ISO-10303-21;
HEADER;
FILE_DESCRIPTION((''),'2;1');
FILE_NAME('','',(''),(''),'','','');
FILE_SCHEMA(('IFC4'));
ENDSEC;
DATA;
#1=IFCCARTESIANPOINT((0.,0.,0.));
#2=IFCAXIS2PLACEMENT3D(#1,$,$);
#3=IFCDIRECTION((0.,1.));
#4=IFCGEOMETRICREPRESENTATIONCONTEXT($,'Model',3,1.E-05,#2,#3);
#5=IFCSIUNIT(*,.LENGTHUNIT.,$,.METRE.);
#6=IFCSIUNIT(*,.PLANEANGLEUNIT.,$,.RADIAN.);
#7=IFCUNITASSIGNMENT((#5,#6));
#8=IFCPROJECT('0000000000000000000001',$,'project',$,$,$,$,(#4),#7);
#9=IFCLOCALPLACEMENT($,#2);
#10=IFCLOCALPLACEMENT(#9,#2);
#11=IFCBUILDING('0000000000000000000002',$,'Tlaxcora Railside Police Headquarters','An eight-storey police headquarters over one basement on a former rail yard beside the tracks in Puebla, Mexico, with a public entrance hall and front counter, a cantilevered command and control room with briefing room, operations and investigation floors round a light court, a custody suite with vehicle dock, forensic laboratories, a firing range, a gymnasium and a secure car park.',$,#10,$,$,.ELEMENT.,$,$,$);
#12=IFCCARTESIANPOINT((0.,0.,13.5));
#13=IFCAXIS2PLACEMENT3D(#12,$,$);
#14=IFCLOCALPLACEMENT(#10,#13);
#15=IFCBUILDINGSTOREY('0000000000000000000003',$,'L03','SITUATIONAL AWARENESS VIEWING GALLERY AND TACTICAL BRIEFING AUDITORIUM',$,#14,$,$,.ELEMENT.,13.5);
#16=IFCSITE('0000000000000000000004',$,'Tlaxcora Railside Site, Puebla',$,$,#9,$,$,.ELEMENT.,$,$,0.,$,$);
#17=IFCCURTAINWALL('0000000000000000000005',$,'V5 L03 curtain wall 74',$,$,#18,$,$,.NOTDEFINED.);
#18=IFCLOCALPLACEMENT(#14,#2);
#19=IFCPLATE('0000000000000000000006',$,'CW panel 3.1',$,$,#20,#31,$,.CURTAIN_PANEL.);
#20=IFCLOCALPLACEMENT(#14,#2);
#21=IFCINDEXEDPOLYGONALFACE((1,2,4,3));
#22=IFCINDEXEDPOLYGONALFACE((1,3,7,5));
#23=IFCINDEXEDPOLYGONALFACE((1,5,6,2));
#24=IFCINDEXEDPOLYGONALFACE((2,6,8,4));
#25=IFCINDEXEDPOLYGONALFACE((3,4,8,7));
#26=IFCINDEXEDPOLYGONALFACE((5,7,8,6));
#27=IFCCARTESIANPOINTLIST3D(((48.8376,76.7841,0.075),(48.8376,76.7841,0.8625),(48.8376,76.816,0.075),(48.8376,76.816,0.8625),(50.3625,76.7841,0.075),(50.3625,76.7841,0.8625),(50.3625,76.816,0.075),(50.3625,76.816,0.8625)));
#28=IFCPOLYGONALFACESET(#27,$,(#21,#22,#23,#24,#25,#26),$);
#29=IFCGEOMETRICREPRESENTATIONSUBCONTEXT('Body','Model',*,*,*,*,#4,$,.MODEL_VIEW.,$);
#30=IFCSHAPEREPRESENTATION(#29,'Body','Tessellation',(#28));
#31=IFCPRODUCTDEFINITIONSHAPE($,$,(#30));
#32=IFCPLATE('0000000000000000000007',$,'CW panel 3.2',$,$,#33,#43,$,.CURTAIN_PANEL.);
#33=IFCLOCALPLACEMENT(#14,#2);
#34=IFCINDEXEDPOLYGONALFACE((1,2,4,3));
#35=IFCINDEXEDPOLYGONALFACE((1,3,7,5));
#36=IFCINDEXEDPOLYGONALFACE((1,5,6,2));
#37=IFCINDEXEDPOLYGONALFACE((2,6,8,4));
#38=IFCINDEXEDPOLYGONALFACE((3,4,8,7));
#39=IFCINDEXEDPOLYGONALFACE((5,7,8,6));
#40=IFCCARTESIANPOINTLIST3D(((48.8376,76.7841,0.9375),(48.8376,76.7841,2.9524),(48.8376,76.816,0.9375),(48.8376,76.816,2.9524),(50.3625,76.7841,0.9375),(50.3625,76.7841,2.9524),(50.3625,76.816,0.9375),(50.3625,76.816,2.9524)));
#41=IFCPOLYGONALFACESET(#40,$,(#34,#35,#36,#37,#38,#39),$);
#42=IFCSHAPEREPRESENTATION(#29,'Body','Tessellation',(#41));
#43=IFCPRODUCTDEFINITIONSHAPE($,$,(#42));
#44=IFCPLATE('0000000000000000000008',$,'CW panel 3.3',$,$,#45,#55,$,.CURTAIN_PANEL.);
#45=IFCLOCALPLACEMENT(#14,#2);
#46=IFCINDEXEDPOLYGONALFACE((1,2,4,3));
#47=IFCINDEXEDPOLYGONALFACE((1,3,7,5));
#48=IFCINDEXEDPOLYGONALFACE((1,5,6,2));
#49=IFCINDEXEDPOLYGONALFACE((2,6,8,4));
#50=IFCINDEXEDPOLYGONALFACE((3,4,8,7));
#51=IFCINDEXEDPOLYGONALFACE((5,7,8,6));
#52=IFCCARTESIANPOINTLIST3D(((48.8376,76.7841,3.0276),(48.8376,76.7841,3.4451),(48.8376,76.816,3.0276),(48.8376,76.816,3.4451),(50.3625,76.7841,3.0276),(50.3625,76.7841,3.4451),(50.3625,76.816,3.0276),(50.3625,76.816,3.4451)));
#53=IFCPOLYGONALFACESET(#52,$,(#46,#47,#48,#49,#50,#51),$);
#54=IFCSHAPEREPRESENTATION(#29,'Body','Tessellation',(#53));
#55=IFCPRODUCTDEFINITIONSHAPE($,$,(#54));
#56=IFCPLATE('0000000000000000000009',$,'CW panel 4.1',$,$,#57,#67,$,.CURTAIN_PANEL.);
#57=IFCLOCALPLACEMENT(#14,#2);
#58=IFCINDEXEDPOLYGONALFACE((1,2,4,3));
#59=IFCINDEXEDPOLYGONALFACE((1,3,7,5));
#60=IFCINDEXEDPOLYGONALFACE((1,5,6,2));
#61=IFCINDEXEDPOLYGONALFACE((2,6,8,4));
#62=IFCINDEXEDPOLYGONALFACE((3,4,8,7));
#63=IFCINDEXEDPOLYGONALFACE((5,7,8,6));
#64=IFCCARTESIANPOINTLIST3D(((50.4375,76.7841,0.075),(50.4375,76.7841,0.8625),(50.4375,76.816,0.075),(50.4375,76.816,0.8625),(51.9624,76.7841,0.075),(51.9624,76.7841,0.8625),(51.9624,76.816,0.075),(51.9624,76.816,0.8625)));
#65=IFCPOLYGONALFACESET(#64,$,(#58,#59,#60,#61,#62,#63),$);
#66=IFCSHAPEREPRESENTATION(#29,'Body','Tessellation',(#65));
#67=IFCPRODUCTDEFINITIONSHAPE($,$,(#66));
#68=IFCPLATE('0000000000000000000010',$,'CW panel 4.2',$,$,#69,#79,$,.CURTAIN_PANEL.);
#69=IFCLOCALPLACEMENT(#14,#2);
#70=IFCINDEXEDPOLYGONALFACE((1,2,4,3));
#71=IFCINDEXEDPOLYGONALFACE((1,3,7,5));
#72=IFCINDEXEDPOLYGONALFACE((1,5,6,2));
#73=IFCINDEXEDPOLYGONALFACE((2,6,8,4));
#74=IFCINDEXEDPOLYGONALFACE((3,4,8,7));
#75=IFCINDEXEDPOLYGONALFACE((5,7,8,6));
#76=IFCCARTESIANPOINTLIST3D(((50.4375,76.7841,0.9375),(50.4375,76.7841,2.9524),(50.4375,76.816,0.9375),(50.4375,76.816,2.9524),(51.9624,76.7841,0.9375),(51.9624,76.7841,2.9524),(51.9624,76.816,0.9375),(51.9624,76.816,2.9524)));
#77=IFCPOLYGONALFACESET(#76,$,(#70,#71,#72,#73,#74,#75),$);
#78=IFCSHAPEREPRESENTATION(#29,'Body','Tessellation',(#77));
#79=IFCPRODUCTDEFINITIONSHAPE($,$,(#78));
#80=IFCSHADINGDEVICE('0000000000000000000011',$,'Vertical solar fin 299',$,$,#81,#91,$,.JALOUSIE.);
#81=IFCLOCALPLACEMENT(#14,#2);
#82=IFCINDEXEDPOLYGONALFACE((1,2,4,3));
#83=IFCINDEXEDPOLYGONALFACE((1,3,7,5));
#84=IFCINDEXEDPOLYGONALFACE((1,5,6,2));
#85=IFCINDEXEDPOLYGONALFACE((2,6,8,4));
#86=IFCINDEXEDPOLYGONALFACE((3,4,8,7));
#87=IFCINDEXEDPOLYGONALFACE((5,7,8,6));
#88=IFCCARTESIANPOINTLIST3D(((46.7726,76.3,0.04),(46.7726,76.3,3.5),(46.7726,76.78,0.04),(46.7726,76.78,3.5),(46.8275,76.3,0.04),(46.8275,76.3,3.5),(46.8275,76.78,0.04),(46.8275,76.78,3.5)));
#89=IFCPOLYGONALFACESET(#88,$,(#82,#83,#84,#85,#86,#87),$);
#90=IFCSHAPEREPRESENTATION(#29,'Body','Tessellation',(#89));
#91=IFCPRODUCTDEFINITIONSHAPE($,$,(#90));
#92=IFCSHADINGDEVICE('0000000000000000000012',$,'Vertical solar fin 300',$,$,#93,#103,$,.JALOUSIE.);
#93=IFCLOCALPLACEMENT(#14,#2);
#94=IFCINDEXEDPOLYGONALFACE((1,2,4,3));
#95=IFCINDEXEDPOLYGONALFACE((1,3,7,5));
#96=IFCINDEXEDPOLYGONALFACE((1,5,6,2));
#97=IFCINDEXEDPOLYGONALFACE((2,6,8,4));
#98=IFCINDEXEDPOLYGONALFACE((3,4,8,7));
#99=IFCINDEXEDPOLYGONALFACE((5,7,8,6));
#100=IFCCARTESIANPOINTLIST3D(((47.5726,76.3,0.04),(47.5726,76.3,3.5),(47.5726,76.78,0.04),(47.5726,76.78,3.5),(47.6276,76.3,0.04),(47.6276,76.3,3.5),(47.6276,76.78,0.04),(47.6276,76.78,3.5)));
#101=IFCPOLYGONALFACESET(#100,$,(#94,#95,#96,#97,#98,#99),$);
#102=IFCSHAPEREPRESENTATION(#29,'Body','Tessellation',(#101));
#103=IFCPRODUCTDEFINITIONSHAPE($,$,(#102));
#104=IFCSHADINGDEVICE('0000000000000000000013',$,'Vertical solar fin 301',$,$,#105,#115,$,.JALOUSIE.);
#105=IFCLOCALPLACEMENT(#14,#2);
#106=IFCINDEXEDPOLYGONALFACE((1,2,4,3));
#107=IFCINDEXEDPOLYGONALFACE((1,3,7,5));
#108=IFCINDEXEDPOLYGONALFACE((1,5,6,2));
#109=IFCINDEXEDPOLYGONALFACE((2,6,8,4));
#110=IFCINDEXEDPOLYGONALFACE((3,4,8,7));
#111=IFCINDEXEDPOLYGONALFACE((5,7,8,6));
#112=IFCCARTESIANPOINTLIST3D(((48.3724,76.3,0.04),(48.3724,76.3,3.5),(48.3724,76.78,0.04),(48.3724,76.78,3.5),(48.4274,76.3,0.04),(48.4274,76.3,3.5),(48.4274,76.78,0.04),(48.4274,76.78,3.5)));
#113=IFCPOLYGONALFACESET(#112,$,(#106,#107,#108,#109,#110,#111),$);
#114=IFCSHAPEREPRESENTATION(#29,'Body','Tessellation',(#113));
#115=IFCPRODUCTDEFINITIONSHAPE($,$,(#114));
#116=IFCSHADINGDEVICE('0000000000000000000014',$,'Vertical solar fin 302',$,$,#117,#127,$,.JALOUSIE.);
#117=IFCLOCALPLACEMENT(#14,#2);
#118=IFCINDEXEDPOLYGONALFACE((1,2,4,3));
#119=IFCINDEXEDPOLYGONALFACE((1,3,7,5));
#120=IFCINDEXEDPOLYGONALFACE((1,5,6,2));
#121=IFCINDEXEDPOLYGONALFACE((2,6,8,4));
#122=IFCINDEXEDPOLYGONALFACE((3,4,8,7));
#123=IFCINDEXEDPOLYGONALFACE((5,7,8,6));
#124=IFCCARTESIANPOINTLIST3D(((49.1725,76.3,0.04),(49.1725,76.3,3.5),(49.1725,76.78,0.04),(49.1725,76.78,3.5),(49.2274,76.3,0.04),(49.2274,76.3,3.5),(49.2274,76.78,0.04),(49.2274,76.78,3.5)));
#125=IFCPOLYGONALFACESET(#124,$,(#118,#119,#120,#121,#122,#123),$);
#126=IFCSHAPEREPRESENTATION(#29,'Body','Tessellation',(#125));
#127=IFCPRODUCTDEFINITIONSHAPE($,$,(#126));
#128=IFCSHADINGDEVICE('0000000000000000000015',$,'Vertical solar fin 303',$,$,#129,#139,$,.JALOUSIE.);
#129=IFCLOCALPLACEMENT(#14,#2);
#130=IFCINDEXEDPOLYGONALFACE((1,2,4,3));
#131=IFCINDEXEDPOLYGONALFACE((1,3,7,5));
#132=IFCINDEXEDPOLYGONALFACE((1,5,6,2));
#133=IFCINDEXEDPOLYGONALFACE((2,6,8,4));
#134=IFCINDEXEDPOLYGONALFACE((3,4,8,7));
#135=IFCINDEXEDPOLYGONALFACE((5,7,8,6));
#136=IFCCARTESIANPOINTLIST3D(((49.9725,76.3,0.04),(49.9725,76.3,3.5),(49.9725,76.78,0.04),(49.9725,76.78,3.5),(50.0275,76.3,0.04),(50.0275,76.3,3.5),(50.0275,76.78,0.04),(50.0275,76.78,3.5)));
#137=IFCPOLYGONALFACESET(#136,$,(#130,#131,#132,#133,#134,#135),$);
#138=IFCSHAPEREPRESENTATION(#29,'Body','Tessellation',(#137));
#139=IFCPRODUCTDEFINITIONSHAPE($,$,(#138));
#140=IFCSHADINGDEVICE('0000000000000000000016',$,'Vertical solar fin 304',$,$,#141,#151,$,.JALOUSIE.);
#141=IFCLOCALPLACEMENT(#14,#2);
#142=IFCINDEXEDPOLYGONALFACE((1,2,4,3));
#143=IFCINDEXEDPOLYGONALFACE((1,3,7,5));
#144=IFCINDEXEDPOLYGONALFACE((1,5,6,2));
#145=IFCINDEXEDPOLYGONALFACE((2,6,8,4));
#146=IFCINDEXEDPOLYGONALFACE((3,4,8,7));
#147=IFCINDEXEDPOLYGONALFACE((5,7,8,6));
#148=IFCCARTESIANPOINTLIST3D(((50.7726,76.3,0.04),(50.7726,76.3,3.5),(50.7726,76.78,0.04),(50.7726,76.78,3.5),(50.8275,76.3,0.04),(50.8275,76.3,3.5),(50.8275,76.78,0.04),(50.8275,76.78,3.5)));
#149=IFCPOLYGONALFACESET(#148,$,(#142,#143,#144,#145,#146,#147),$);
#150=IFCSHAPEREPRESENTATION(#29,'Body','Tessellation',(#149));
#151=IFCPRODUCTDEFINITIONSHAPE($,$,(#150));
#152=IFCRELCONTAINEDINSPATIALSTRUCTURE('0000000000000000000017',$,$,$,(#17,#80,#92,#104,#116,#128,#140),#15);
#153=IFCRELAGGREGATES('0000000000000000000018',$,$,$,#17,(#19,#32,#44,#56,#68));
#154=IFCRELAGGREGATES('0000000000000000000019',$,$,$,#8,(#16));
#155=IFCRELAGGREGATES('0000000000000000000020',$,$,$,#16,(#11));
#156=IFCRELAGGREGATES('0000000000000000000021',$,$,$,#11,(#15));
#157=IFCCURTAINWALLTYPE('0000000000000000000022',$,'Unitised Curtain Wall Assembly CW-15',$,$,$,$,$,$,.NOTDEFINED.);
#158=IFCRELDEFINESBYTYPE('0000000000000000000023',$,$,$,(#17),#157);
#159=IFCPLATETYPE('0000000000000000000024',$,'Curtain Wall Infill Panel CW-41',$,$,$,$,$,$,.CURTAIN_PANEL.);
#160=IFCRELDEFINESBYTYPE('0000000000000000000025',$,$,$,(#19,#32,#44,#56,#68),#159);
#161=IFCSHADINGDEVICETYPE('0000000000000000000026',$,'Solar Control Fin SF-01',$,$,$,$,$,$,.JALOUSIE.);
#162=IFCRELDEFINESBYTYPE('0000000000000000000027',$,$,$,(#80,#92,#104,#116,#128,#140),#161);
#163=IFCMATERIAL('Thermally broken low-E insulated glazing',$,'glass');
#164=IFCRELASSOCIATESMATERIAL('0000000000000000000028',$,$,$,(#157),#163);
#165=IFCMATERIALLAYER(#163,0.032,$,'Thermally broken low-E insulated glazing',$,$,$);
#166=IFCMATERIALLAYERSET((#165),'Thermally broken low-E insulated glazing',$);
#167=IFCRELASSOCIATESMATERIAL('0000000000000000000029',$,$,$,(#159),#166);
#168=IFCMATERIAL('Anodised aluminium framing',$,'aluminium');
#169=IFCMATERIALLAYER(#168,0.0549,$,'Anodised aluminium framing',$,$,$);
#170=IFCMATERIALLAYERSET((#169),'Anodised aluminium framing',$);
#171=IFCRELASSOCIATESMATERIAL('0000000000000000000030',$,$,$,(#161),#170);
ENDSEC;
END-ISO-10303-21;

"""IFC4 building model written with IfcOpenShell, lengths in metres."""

from ifc_helpers import new_model, si_unit, direction, frame, origin, origin_2d, place, context, subcontext, project, spatial, rectangle, extrude, material, layer, layer_set, type_object, element, aggregate, save


model = new_model("IFC4")

# Units and contexts
model_context = context("Model", 3, precision=1e-05, world=origin(), true_north=direction((0.0, 1.0)))
body_context = subcontext(model_context, "Body", "Model", "MODEL_VIEW")
ifc_project = project(units=[si_unit("LENGTHUNIT", "METRE"), si_unit("PLANEANGLEUNIT", "RADIAN")], contexts=[model_context])

# Site, building, storey
site_placement = place(None, origin())
site = spatial("IfcSite", under=ifc_project, at=site_placement, Name="Tlaxcora Railside Site, Puebla", CompositionType="ELEMENT", RefElevation=0.0)
building_placement = place(site_placement, origin())
building = spatial("IfcBuilding", under=site, at=building_placement, Name="Tlaxcora Railside Police Headquarters", Description="An eight-storey police headquarters over one basement on a former rail yard beside the tracks in Puebla, Mexico, with a public entrance hall and front counter, a cantilevered command and control room with briefing room, operations and investigation floors round a light court, a custody suite with vehicle dock, forensic laboratories, a firing range, a gymnasium and a secure car park.", CompositionType="ELEMENT")
storey_placement = place(building_placement, frame((0.0, 0.0, 13.5)))
storey = spatial("IfcBuildingStorey", under=building, at=storey_placement, Name="L03", Description="SITUATIONAL AWARENESS VIEWING GALLERY AND TACTICAL BRIEFING AUDITORIUM", CompositionType="ELEMENT", Elevation=13.5)

# Curtain wall
ifc_material_1 = material(Name="Thermally broken low-E insulated glazing", Category="glass")
curtain_wall_type = type_object("IfcCurtainWallType", Name="Unitised Curtain Wall Assembly CW-15", PredefinedType="NOTDEFINED", material=ifc_material_1)
curtain_wall_placement = place(storey_placement, origin())
curtain_wall = element("IfcCurtainWall", 1, at=curtain_wall_placement, inside=storey, type_object=curtain_wall_type, Name="V5 L03 curtain wall 74", PredefinedType="NOTDEFINED")
ifc_material_2 = material(Name="Anodised aluminium framing", Category="aluminium")

# Plates
ifc_layer_1 = layer(ifc_material_1, 0.032, Name="Thermally broken low-E insulated glazing")
ifc_layer_set_1 = layer_set([ifc_layer_1], Name="Thermally broken low-E insulated glazing")
plate_type = type_object("IfcPlateType", Name="Curtain Wall Infill Panel CW-41", PredefinedType="CURTAIN_PANEL", material=ifc_layer_set_1)
plate_1_placement = place(storey_placement, frame((49.6001, 76.8, 0.075), z_axis=(0.0, 0.0, 1.0), x_axis=(1.0, 0.0, 0.0)))
plate_1 = element("IfcPlate", 2, at=plate_1_placement, type_object=plate_type, Name="CW panel 3.1", PredefinedType="CURTAIN_PANEL", context=body_context, shape_type="SweptSolid", body=[
    extrude(rectangle(XDim=1.5249, YDim=0.032, at=origin_2d()), origin(), (0.0, 0.0, 1.0), 0.7876),
])
plate_2_placement = place(storey_placement, frame((49.6001, 76.8, 0.9375), z_axis=(0.0, 0.0, 1.0), x_axis=(1.0, 0.0, 0.0)))
plate_2 = element("IfcPlate", 3, at=plate_2_placement, type_object=plate_type, Name="CW panel 3.2", PredefinedType="CURTAIN_PANEL", context=body_context, shape_type="SweptSolid", body=[
    extrude(rectangle(XDim=1.5249, YDim=0.032, at=origin_2d()), origin(), (0.0, 0.0, 1.0), 2.0149),
])
plate_3_placement = place(storey_placement, frame((49.6001, 76.8, 3.0276), z_axis=(0.0, 0.0, 1.0), x_axis=(1.0, 0.0, 0.0)))
plate_3 = element("IfcPlate", 4, at=plate_3_placement, type_object=plate_type, Name="CW panel 3.3", PredefinedType="CURTAIN_PANEL", context=body_context, shape_type="SweptSolid", body=[
    extrude(rectangle(XDim=1.5249, YDim=0.032, at=origin_2d()), origin(), (0.0, 0.0, 1.0), 0.4175),
])
plate_4_placement = place(storey_placement, frame((51.2, 76.8, 0.075), z_axis=(0.0, 0.0, 1.0), x_axis=(1.0, 0.0, 0.0)))
plate_4 = element("IfcPlate", 5, at=plate_4_placement, type_object=plate_type, Name="CW panel 4.1", PredefinedType="CURTAIN_PANEL", context=body_context, shape_type="SweptSolid", body=[
    extrude(rectangle(XDim=1.5249, YDim=0.032, at=origin_2d()), origin(), (0.0, 0.0, 1.0), 0.7876),
])
plate_5_placement = place(storey_placement, frame((51.2, 76.8, 0.9375), z_axis=(0.0, 0.0, 1.0), x_axis=(1.0, 0.0, 0.0)))
plate_5 = element("IfcPlate", 6, at=plate_5_placement, type_object=plate_type, Name="CW panel 4.2", PredefinedType="CURTAIN_PANEL", context=body_context, shape_type="SweptSolid", body=[
    extrude(rectangle(XDim=1.5249, YDim=0.032, at=origin_2d()), origin(), (0.0, 0.0, 1.0), 2.0149),
])
aggregate(curtain_wall, [plate_1, plate_2, plate_3, plate_4, plate_5])

# Shading devices
ifc_layer_2 = layer(ifc_material_2, 0.0549, Name="Anodised aluminium framing")
ifc_layer_set_2 = layer_set([ifc_layer_2], Name="Anodised aluminium framing")
shading_device_type = type_object("IfcShadingDeviceType", Name="Solar Control Fin SF-01", PredefinedType="JALOUSIE", material=ifc_layer_set_2)
for number, where, z_axis, x_axis, name in (
    (7, (46.8, 76.54, 0.04), (0.0, 0.0, 1.0), (0.0, -1.0, 0.0), "Vertical solar fin 299"),
    (8, (47.6001, 76.54, 0.04), (0.0, 0.0, 1.0), (0.0, -1.0, 0.0), "Vertical solar fin 300"),
    (9, (48.3999, 76.54, 0.04), (0.0, 0.0, 1.0), (0.0, -1.0, 0.0), "Vertical solar fin 301"),
    (10, (49.2, 76.54, 0.04), (0.0, 0.0, 1.0), (0.0, -1.0, 0.0), "Vertical solar fin 302"),
    (11, (50.0, 76.54, 0.04), (0.0, 0.0, 1.0), (0.0, -1.0, 0.0), "Vertical solar fin 303"),
    (12, (50.8, 76.54, 0.04), (0.0, 0.0, 1.0), (0.0, -1.0, 0.0), "Vertical solar fin 304"),
):
    element("IfcShadingDevice", number, at=place(storey_placement, frame(where, z_axis=z_axis, x_axis=x_axis)), inside=storey, type_object=shading_device_type, Name=name, PredefinedType="JALOUSIE", context=body_context, shape_type="SweptSolid", body=[
        extrude(rectangle(XDim=0.48, YDim=0.0549, at=origin_2d()), origin(), (0.0, 0.0, 1.0), 3.46),
    ])

save(model, "model.ifc")
